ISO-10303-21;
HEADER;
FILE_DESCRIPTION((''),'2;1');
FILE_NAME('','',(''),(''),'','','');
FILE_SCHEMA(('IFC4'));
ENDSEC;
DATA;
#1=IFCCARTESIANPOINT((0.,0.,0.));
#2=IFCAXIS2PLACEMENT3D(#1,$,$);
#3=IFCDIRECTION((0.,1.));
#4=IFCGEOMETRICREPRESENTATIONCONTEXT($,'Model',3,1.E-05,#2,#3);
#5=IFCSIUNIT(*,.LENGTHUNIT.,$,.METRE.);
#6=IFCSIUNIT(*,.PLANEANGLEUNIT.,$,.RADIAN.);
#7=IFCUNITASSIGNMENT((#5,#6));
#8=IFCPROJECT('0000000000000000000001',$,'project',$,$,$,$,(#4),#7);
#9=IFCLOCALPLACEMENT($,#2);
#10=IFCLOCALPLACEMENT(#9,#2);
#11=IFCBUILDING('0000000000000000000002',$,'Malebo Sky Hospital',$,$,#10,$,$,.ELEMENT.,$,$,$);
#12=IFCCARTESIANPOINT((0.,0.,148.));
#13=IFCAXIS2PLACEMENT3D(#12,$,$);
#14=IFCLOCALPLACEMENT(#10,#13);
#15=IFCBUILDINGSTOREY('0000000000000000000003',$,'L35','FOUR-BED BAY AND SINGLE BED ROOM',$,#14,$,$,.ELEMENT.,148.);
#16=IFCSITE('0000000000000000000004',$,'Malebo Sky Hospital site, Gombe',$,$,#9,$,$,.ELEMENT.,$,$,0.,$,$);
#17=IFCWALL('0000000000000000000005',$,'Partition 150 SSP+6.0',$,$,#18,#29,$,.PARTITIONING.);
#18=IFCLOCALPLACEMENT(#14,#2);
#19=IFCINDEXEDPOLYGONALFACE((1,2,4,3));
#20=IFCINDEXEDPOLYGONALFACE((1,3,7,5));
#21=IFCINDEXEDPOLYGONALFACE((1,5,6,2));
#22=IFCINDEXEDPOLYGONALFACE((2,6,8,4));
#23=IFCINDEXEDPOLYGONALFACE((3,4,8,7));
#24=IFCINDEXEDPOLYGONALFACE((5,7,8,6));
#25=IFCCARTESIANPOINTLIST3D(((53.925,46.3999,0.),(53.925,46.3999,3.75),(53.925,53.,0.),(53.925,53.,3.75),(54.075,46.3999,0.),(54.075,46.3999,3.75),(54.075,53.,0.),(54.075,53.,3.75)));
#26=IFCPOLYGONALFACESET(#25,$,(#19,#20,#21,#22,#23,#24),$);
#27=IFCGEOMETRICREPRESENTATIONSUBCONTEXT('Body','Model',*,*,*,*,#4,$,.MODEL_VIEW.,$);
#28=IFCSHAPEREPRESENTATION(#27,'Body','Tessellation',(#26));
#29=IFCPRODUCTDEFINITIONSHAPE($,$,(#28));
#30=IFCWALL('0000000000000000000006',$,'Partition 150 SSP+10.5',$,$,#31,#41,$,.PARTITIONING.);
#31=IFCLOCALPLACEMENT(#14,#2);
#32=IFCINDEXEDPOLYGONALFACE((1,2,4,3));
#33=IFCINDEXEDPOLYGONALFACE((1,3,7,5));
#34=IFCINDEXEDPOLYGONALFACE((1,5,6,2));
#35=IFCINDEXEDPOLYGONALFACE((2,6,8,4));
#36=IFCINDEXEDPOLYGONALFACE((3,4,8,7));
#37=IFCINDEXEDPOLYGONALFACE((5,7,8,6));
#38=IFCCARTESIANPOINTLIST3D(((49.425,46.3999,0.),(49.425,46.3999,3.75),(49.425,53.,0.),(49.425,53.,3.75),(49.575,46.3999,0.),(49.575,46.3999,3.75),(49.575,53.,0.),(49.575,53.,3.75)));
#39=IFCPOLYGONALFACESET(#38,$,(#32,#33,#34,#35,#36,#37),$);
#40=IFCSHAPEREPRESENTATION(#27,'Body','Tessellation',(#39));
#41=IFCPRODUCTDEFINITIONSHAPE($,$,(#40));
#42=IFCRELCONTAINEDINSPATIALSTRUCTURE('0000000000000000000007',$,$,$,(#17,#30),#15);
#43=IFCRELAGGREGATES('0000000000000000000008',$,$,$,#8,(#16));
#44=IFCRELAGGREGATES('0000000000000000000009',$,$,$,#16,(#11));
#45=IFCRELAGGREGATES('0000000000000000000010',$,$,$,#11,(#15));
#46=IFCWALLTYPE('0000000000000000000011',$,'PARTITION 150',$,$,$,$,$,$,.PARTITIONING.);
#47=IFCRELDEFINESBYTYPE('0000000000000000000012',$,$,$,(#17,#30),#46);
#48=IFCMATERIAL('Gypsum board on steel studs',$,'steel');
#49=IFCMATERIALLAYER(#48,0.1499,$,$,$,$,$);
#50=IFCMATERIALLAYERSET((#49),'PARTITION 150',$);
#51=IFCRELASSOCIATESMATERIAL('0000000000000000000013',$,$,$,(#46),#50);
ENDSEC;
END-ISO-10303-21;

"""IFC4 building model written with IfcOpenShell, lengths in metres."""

from ifc_helpers import new_model, si_unit, direction, frame, frame_2d, origin, place, context, subcontext, project, spatial, rectangle, extrude, material, layer, layer_set, type_object, element, save


model = new_model("IFC4")

# Units and contexts
model_context = context("Model", 3, precision=1e-05, world=origin(), true_north=direction((0.0, 1.0)))
body_context = subcontext(model_context, "Body", "Model", "MODEL_VIEW")
ifc_project = project(units=[si_unit("LENGTHUNIT", "METRE"), si_unit("PLANEANGLEUNIT", "RADIAN")], contexts=[model_context])

# Site, building, storey
site_placement = place(None, origin())
site = spatial("IfcSite", under=ifc_project, at=site_placement, Name="Malebo Sky Hospital site, Gombe", CompositionType="ELEMENT", RefElevation=0.0)
building_placement = place(site_placement, origin())
building = spatial("IfcBuilding", under=site, at=building_placement, Name="Malebo Sky Hospital", CompositionType="ELEMENT")
storey_placement = place(building_placement, frame((0.0, 0.0, 148.0)))
storey = spatial("IfcBuildingStorey", under=building, at=storey_placement, Name="L35", Description="FOUR-BED BAY AND SINGLE BED ROOM", CompositionType="ELEMENT", Elevation=148.0)

# Shared definitions
ifc_material_1 = material(Name="Gypsum board on steel studs", Category="steel")
ifc_layer_1 = layer(ifc_material_1, 0.1499)
ifc_layer_set_1 = layer_set([ifc_layer_1], Name="PARTITION 150")
wall_type_1 = type_object("IfcWallType", Name="PARTITION 150", PredefinedType="PARTITIONING", material=ifc_layer_set_1)

# Walls
for number, where, z_axis, x_axis, name in (
    (1, (54.0, 53.0, 0.0), (0.0, 0.0, 1.0), (0.0, -1.0, 0.0), "Partition 150 SSP+6.0"),
    (2, (49.5, 53.0, 0.0), (0.0, 0.0, 1.0), (0.0, -1.0, 0.0), "Partition 150 SSP+10.5"),
):
    element("IfcWall", number, at=place(storey_placement, frame(where, z_axis=z_axis, x_axis=x_axis)), inside=storey, type_object=wall_type_1, Name=name, PredefinedType="PARTITIONING", context=body_context, shape_type="SweptSolid", body=[
        extrude(rectangle(XDim=6.6001, YDim=0.1499, at=frame_2d((3.3, 0.0))), origin(), (0.0, 0.0, 1.0), 3.75),
    ])

save(model, "model.ifc")
